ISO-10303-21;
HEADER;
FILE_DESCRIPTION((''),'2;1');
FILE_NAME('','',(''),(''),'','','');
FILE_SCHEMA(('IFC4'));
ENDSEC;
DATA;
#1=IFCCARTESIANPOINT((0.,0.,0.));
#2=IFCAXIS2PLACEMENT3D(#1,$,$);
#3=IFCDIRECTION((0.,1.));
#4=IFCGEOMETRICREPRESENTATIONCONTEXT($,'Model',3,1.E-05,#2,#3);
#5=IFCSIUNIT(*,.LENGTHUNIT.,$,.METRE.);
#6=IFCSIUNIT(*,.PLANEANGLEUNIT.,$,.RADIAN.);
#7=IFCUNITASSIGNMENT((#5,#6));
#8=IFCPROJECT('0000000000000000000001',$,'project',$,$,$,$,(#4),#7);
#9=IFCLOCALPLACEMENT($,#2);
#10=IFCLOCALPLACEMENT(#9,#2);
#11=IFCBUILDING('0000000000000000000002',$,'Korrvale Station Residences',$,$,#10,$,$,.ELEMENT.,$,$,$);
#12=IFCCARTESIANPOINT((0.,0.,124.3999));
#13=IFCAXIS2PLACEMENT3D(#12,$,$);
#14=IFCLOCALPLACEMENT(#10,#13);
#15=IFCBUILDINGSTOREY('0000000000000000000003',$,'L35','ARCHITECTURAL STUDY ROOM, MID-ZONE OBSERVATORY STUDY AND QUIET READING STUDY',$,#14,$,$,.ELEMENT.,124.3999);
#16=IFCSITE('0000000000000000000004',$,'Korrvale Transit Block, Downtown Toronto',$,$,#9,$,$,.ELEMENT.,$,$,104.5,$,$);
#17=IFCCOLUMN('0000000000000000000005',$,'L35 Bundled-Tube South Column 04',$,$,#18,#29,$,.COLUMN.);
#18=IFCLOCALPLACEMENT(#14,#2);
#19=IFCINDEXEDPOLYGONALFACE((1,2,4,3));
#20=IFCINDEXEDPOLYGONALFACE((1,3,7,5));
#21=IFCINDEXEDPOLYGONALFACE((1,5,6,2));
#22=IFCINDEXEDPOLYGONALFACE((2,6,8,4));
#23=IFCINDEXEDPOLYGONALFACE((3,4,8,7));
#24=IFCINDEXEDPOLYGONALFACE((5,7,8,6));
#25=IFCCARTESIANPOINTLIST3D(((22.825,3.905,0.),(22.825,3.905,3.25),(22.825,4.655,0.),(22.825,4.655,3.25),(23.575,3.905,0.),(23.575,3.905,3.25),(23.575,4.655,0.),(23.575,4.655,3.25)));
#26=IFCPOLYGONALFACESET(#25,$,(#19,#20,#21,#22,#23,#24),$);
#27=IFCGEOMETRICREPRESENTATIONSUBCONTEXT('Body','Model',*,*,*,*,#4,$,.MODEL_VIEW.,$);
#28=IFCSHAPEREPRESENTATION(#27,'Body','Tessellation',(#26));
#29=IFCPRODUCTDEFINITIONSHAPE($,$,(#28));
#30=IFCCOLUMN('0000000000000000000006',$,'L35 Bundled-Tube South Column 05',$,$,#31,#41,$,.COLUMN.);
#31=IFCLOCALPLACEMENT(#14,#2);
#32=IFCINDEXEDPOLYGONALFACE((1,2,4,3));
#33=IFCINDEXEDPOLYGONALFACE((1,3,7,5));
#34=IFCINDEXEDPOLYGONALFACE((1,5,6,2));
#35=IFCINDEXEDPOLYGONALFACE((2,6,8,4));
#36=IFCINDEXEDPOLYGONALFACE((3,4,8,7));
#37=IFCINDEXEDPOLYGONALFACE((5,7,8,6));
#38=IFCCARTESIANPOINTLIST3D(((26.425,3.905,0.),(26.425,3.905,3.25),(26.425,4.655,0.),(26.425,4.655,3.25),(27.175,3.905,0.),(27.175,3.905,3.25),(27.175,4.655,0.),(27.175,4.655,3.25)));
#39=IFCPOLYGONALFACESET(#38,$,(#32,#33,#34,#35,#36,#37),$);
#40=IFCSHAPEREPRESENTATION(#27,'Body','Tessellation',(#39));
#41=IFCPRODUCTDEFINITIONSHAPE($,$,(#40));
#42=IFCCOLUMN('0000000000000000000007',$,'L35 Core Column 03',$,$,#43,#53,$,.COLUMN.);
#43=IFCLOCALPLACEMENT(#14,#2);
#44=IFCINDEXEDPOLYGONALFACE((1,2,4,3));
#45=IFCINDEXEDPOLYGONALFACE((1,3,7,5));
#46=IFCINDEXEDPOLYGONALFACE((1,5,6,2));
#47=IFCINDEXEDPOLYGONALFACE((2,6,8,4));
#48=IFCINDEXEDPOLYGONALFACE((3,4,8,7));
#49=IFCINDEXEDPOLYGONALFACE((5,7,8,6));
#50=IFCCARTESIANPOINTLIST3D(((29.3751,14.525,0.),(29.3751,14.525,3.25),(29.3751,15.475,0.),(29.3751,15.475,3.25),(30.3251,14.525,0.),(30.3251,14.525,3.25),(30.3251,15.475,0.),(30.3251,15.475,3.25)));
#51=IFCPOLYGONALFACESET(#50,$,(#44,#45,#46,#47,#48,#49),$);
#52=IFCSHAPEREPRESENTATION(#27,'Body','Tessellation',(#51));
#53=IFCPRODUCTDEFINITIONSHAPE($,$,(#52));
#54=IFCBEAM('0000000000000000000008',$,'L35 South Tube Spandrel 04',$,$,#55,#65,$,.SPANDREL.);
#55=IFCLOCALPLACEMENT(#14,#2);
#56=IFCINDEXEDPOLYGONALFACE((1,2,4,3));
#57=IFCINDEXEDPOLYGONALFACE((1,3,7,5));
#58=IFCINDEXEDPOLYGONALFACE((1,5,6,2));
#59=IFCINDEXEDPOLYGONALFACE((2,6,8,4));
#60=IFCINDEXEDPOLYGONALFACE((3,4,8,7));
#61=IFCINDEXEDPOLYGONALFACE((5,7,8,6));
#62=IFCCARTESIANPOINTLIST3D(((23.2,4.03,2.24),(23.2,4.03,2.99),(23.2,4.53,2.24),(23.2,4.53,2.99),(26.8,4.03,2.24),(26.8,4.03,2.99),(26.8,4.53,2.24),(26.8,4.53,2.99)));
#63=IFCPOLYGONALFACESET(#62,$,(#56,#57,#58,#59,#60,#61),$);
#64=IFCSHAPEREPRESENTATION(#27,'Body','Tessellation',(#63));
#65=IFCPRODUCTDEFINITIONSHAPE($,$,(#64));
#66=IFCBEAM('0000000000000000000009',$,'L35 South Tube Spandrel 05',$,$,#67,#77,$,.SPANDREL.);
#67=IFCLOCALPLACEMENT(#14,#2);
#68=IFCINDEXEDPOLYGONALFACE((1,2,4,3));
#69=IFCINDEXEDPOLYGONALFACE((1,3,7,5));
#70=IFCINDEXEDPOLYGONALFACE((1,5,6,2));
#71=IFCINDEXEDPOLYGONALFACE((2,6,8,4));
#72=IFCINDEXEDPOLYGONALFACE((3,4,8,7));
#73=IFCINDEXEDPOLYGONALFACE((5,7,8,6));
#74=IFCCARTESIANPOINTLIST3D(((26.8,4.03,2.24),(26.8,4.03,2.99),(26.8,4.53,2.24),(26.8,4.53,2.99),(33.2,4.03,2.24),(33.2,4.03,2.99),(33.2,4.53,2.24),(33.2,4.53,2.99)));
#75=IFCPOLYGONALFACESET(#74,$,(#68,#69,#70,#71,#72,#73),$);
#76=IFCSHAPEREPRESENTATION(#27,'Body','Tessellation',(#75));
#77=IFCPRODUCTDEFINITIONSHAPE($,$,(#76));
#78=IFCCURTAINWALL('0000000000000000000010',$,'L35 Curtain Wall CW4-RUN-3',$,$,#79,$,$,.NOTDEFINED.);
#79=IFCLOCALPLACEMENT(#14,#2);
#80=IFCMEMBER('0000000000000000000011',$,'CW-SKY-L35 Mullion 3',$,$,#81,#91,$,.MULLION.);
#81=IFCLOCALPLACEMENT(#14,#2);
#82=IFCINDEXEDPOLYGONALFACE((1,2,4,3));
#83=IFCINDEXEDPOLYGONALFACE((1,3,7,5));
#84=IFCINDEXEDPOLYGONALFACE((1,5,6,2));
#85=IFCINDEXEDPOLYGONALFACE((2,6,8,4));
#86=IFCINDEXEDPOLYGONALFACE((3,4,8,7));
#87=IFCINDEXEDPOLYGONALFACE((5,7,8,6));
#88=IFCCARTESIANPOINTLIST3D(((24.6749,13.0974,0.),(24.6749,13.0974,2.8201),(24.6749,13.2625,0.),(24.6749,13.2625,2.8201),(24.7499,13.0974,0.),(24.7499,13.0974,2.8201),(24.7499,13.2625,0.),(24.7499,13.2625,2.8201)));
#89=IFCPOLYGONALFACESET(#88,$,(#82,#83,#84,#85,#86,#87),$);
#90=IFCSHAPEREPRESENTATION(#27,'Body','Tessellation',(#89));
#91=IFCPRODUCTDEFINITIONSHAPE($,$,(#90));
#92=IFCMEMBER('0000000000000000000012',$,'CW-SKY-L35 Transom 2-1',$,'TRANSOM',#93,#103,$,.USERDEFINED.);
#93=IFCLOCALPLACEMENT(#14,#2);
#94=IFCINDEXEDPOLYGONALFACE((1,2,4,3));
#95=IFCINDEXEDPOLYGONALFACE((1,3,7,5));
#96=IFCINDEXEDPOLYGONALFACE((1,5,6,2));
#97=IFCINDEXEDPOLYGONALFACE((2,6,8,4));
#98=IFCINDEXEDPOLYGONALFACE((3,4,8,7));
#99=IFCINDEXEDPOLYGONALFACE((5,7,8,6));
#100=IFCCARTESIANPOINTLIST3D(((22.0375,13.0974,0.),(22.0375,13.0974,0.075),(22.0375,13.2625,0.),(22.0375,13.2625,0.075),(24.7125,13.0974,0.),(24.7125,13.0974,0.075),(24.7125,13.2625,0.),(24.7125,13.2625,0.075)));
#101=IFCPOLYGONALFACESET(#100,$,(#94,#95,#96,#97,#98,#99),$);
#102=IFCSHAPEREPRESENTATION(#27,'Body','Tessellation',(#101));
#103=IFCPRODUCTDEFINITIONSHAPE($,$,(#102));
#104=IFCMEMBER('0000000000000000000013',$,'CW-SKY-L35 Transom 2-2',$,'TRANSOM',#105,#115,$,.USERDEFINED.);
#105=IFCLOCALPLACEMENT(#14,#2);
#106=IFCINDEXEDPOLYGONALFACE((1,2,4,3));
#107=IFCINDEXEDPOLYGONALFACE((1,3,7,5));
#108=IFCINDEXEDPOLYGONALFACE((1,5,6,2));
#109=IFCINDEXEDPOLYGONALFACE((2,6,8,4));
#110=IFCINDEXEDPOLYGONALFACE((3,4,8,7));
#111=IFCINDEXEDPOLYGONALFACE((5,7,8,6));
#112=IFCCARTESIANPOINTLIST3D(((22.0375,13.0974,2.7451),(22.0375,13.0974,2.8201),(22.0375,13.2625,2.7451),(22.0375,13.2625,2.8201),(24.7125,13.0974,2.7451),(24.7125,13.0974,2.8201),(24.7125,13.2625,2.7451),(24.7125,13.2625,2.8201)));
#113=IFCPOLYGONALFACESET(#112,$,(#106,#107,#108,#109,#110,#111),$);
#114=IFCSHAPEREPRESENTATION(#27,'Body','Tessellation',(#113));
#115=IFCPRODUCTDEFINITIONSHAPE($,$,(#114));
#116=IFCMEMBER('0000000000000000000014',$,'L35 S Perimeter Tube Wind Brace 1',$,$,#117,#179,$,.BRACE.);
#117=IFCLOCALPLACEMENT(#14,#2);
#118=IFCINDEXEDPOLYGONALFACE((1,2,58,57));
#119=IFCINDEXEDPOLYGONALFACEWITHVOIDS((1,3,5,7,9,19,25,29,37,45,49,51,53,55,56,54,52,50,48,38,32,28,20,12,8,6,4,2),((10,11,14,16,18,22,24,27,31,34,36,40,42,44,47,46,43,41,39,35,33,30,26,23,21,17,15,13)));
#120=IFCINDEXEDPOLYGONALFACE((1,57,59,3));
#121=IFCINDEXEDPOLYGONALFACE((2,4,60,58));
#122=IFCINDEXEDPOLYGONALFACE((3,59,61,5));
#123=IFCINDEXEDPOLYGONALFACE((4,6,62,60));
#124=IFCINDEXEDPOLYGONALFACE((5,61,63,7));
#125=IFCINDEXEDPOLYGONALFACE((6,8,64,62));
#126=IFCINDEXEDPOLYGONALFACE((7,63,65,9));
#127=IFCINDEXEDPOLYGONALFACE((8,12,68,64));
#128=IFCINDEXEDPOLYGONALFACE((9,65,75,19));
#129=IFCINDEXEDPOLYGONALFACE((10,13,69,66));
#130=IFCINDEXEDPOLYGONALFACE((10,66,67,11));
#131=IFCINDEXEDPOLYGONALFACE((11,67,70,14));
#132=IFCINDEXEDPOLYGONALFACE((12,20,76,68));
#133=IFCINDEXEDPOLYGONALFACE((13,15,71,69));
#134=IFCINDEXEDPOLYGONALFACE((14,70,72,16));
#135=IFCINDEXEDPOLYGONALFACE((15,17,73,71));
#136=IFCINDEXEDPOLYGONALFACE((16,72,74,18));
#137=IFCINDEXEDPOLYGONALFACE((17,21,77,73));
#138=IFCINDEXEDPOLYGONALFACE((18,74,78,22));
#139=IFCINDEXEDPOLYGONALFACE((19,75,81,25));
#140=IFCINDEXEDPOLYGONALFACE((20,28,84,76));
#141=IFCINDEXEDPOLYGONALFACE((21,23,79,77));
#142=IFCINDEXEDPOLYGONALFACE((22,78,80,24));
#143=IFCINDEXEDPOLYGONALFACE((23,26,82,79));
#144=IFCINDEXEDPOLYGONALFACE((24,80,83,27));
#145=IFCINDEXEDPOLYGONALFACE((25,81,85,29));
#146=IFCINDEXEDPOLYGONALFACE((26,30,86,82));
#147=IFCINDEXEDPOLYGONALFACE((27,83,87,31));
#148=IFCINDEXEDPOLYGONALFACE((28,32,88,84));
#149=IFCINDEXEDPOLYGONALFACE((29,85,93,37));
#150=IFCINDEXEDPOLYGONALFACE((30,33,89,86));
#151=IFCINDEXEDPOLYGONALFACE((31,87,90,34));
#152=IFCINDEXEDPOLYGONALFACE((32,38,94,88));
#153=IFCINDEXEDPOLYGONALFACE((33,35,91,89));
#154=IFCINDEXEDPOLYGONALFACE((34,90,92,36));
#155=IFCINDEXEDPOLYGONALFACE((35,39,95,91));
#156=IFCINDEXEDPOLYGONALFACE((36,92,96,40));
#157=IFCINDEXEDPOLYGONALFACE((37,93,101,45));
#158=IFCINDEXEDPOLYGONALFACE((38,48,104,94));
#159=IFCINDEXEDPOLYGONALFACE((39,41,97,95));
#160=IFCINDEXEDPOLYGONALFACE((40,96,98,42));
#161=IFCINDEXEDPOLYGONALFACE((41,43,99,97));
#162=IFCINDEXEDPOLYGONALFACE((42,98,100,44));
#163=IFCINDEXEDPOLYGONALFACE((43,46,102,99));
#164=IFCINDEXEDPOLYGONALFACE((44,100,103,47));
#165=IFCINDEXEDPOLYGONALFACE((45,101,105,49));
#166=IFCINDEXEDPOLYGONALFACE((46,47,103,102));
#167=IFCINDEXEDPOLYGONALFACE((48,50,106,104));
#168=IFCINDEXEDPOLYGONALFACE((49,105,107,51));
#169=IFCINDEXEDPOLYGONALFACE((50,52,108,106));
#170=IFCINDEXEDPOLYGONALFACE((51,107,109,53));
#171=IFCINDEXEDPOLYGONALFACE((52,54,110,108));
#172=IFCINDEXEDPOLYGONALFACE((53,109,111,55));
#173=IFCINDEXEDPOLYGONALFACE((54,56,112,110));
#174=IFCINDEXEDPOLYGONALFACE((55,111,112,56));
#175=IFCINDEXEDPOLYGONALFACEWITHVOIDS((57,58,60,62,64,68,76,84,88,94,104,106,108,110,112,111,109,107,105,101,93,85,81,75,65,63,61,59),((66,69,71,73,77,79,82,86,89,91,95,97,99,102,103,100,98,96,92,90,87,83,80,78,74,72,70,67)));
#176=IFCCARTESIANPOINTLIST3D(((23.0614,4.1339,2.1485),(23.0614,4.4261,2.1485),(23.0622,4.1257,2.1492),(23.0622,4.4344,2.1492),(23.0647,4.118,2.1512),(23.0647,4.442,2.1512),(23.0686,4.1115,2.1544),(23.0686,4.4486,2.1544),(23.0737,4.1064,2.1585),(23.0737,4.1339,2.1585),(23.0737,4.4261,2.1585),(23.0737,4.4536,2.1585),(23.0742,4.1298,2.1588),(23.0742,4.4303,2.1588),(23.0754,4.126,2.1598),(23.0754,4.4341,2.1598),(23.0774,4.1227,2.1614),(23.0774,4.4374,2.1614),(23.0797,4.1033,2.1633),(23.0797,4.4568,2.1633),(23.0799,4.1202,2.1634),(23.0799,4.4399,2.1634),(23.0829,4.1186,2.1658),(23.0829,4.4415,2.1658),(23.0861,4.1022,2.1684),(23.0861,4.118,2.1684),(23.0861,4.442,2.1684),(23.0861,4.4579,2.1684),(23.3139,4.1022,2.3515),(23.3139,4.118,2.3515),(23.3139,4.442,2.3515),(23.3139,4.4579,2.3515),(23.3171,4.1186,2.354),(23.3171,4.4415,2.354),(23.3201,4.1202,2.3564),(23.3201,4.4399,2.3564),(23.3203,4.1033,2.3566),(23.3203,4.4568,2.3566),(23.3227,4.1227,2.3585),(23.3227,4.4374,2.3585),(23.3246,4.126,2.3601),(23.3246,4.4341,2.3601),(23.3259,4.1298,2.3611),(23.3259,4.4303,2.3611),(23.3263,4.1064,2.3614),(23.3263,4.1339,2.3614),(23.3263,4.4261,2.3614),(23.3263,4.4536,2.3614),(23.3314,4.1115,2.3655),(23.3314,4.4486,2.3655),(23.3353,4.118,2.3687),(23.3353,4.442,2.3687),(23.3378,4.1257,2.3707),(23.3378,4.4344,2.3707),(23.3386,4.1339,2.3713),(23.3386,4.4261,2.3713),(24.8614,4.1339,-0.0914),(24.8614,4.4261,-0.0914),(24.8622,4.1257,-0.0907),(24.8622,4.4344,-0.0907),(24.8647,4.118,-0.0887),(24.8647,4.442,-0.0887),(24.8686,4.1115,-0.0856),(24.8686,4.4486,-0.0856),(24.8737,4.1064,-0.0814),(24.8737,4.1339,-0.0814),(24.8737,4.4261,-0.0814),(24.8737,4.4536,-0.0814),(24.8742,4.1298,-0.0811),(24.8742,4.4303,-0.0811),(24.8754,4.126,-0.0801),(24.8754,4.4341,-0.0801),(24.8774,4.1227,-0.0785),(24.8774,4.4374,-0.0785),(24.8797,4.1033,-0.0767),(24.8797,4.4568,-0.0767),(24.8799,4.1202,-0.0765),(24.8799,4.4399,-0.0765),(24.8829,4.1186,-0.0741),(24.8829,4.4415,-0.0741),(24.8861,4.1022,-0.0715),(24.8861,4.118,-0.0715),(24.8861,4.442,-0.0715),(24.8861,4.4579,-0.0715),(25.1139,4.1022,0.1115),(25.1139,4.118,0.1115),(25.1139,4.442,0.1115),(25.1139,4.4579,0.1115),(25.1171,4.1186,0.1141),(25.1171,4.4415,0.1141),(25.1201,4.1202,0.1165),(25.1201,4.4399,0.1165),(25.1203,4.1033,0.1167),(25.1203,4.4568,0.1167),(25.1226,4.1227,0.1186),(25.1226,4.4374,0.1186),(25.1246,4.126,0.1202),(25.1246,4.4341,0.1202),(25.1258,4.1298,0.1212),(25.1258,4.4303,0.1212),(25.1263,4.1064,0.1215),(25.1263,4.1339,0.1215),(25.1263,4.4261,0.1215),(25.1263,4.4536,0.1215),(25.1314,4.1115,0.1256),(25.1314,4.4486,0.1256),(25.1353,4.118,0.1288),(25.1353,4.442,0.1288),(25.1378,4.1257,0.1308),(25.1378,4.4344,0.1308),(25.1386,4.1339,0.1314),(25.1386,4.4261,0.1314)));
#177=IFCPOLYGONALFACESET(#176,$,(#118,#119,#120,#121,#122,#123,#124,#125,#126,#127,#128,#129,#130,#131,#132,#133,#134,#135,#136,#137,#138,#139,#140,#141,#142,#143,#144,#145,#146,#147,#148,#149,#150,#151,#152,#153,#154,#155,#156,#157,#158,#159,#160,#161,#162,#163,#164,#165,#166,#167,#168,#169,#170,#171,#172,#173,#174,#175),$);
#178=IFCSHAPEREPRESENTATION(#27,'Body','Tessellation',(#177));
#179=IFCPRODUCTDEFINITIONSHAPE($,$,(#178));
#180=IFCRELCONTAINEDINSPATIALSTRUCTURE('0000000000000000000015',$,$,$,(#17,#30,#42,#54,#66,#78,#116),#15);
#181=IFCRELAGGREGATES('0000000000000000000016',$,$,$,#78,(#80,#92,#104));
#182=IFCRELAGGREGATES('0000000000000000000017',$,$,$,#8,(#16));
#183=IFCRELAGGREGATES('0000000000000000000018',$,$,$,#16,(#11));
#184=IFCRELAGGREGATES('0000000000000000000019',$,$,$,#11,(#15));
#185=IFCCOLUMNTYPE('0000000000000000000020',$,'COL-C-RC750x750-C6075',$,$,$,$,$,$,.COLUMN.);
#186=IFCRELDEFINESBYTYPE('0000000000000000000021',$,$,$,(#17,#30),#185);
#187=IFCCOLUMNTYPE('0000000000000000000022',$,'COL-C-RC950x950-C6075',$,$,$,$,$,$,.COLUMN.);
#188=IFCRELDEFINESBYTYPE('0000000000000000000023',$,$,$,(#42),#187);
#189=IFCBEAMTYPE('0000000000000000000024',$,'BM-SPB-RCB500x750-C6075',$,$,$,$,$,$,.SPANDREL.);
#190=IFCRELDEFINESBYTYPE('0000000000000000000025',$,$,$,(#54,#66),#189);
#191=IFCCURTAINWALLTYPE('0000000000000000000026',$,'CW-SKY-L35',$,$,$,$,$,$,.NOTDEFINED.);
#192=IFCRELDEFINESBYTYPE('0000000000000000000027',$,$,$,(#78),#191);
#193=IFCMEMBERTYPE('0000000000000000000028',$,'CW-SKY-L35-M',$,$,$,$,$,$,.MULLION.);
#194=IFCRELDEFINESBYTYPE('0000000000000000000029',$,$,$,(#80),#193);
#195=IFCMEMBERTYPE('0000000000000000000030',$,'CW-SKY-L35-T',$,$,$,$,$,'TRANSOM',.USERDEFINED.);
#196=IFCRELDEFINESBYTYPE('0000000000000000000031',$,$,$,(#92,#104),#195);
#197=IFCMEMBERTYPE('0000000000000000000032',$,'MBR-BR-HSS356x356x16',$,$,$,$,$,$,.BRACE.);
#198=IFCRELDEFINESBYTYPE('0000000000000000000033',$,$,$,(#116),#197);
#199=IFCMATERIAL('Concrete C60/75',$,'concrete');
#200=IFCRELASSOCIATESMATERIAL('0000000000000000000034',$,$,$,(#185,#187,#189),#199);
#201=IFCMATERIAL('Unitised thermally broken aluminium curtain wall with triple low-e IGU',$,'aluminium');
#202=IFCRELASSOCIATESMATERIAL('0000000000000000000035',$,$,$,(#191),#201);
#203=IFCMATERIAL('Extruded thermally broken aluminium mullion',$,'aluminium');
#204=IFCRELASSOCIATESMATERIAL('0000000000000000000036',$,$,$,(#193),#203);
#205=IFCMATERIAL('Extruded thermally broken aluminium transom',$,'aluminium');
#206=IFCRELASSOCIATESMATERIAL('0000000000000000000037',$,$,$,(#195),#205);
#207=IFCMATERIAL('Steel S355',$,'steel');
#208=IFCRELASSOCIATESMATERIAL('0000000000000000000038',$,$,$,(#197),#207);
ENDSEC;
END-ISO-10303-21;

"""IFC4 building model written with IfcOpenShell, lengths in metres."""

from ifc_helpers import new_model, si_unit, direction, frame, origin, origin_2d, place, context, subcontext, project, spatial, rectangle, hollow_rectangle, extrude, material, material_profile, profile_set, type_object, element, aggregate, save


model = new_model("IFC4")

# Units and contexts
model_context = context("Model", 3, precision=1e-05, world=origin(), true_north=direction((0.0, 1.0)))
body_context = subcontext(model_context, "Body", "Model", "MODEL_VIEW")
ifc_project = project(units=[si_unit("LENGTHUNIT", "METRE"), si_unit("PLANEANGLEUNIT", "RADIAN")], contexts=[model_context])

# Site, building, storey
site_placement = place(None, origin())
site = spatial("IfcSite", under=ifc_project, at=site_placement, Name="Korrvale Transit Block, Downtown Toronto", CompositionType="ELEMENT", RefElevation=104.5)
building_placement = place(site_placement, origin())
building = spatial("IfcBuilding", under=site, at=building_placement, Name="Korrvale Station Residences", CompositionType="ELEMENT")
storey_placement = place(building_placement, frame((0.0, 0.0, 124.3999)))
storey = spatial("IfcBuildingStorey", under=building, at=storey_placement, Name="L35", Description="ARCHITECTURAL STUDY ROOM, MID-ZONE OBSERVATORY STUDY AND QUIET READING STUDY", CompositionType="ELEMENT", Elevation=124.3999)

# Columns
ifc_material_1 = material(Name="Concrete C60/75", Category="concrete")
ifc_material_profile_1 = material_profile(ifc_material_1, rectangle(XDim=0.75, YDim=0.75, at=origin_2d()), Name="RC750x750")
ifc_profile_set_1 = profile_set([ifc_material_profile_1], Name="Concrete C60/75")
column_type_1 = type_object("IfcColumnType", Name="COL-C-RC750x750-C6075", PredefinedType="COLUMN", material=ifc_profile_set_1)
for number, where, z_axis, x_axis, name in (
    (1, (23.2, 4.28, 0.0), (0.0, 0.0, 1.0), (1.0, 0.0, 0.0), "L35 Bundled-Tube South Column 04"),
    (2, (26.8, 4.28, 0.0), (0.0, 0.0, 1.0), (1.0, 0.0, 0.0), "L35 Bundled-Tube South Column 05"),
):
    element("IfcColumn", number, at=place(storey_placement, frame(where, z_axis=z_axis, x_axis=x_axis)), inside=storey, type_object=column_type_1, Name=name, PredefinedType="COLUMN", context=body_context, shape_type="SweptSolid", body=[
        extrude(rectangle(XDim=0.75, YDim=0.75, at=origin_2d()), origin(), (0.0, 0.0, 1.0), 3.25),
    ])
ifc_material_profile_2 = material_profile(ifc_material_1, rectangle(XDim=0.95, YDim=0.95, at=origin_2d()), Name="RC950x950")
ifc_profile_set_2 = profile_set([ifc_material_profile_2], Name="Concrete C60/75")
column_type_2 = type_object("IfcColumnType", Name="COL-C-RC950x950-C6075", PredefinedType="COLUMN", material=ifc_profile_set_2)
column_placement = place(storey_placement, frame((29.8501, 15.0, 0.0), z_axis=(0.0, 0.0, 1.0), x_axis=(1.0, 0.0, 0.0)))
element("IfcColumn", 3, at=column_placement, inside=storey, type_object=column_type_2, Name="L35 Core Column 03", PredefinedType="COLUMN", context=body_context, shape_type="SweptSolid", body=[
    extrude(rectangle(XDim=0.95, YDim=0.95, at=origin_2d()), origin(), (0.0, 0.0, 1.0), 3.25),
])

# Beams
ifc_material_profile_3 = material_profile(ifc_material_1, rectangle(XDim=0.5, YDim=0.75, at=origin_2d()), Name="RCB500x750")
ifc_profile_set_3 = profile_set([ifc_material_profile_3], Name="Concrete C60/75")
beam_type = type_object("IfcBeamType", Name="BM-SPB-RCB500x750-C6075", PredefinedType="SPANDREL", material=ifc_profile_set_3)
beam_1_placement = place(storey_placement, frame((23.2, 4.28, 2.615), z_axis=(1.0, 0.0, 0.0), x_axis=(0.0, 1.0, 0.0)))
element("IfcBeam", 4, at=beam_1_placement, inside=storey, type_object=beam_type, Name="L35 South Tube Spandrel 04", PredefinedType="SPANDREL", context=body_context, shape_type="SweptSolid", body=[
    extrude(rectangle(XDim=0.5, YDim=0.75, at=origin_2d()), origin(), (0.0, 0.0, 1.0), 3.6001),
])
beam_2_placement = place(storey_placement, frame((26.8, 4.28, 2.615), z_axis=(1.0, 0.0, 0.0), x_axis=(0.0, 1.0, 0.0)))
element("IfcBeam", 5, at=beam_2_placement, inside=storey, type_object=beam_type, Name="L35 South Tube Spandrel 05", PredefinedType="SPANDREL", context=body_context, shape_type="SweptSolid", body=[
    extrude(rectangle(XDim=0.5, YDim=0.75, at=origin_2d()), origin(), (0.0, 0.0, 1.0), 6.3999),
])

# Curtain wall, members
ifc_material_2 = material(Name="Unitised thermally broken aluminium curtain wall with triple low-e IGU", Category="aluminium")
curtain_wall_type = type_object("IfcCurtainWallType", Name="CW-SKY-L35", PredefinedType="NOTDEFINED", material=ifc_material_2)
curtain_wall_placement = place(storey_placement, origin())
curtain_wall = element("IfcCurtainWall", 6, at=curtain_wall_placement, inside=storey, type_object=curtain_wall_type, Name="L35 Curtain Wall CW4-RUN-3", PredefinedType="NOTDEFINED")
ifc_material_3 = material(Name="Extruded thermally broken aluminium mullion", Category="aluminium")
member_type_1 = type_object("IfcMemberType", Name="CW-SKY-L35-M", PredefinedType="MULLION", material=ifc_material_3)
member_1_placement = place(storey_placement, frame((24.7124, 13.1799, 0.0), z_axis=(0.0, 0.0, 1.0), x_axis=(1.0, 0.0, 0.0)))
member_1 = element("IfcMember", 7, at=member_1_placement, type_object=member_type_1, Name="CW-SKY-L35 Mullion 3", PredefinedType="MULLION", context=body_context, shape_type="SweptSolid", body=[
    extrude(rectangle(XDim=0.075, YDim=0.165, at=origin_2d()), origin(), (0.0, 0.0, 1.0), 2.8201),
])
ifc_material_4 = material(Name="Extruded thermally broken aluminium transom", Category="aluminium")
member_type_2 = type_object("IfcMemberType", Name="CW-SKY-L35-T", ElementType="TRANSOM", PredefinedType="USERDEFINED", material=ifc_material_4)
member_2_placement = place(storey_placement, frame((23.375, 13.1799, 0.0), z_axis=(0.0, 0.0, 1.0), x_axis=(1.0, 0.0, 0.0)))
member_2 = element("IfcMember", 8, at=member_2_placement, type_object=member_type_2, Name="CW-SKY-L35 Transom 2-1", ObjectType="TRANSOM", PredefinedType="USERDEFINED", context=body_context, shape_type="SweptSolid", body=[
    extrude(rectangle(XDim=2.675, YDim=0.165, at=origin_2d()), origin(), (0.0, 0.0, 1.0), 0.075),
])
member_3_placement = place(storey_placement, frame((23.375, 13.1799, 2.7451), z_axis=(0.0, 0.0, 1.0), x_axis=(1.0, 0.0, 0.0)))
member_3 = element("IfcMember", 9, at=member_3_placement, type_object=member_type_2, Name="CW-SKY-L35 Transom 2-2", ObjectType="TRANSOM", PredefinedType="USERDEFINED", context=body_context, shape_type="SweptSolid", body=[
    extrude(rectangle(XDim=2.675, YDim=0.165, at=origin_2d()), origin(), (0.0, 0.0, 1.0), 0.075),
])

# Member
ifc_material_5 = material(Name="Steel S355", Category="steel")
ifc_material_profile_4 = material_profile(ifc_material_5, hollow_rectangle(XDim=0.3557, YDim=0.3557, WallThickness=0.0159, InnerFilletRadius=0.0159, OuterFilletRadius=0.0317, at=origin_2d()), Name="HSS356x356x16")
ifc_profile_set_4 = profile_set([ifc_material_profile_4], Name="Steel S355")
member_type_3 = type_object("IfcMemberType", Name="MBR-BR-HSS356x356x16", PredefinedType="BRACE", material=ifc_profile_set_4)
for number, where, z_axis, x_axis, name in (
    (10, (25.0, 4.28, 0.02), (-0.626403, 0.0, 0.779499), (0.0, -1.0, 0.0), "L35 S Perimeter Tube Wind Brace 1"),
):
    element("IfcMember", number, at=place(storey_placement, frame(where, z_axis=z_axis, x_axis=x_axis)), inside=storey, type_object=member_type_3, Name=name, PredefinedType="BRACE", context=body_context, shape_type="SweptSolid", body=[
        extrude(hollow_rectangle(XDim=0.3557, YDim=0.3557, WallThickness=0.0159, InnerFilletRadius=0.0159, OuterFilletRadius=0.0317, at=origin_2d()), origin(), (0.0, 0.0, 1.0), 2.8735),
    ])

aggregate(curtain_wall, [member_1, member_2, member_3])

save(model, "model.ifc")
